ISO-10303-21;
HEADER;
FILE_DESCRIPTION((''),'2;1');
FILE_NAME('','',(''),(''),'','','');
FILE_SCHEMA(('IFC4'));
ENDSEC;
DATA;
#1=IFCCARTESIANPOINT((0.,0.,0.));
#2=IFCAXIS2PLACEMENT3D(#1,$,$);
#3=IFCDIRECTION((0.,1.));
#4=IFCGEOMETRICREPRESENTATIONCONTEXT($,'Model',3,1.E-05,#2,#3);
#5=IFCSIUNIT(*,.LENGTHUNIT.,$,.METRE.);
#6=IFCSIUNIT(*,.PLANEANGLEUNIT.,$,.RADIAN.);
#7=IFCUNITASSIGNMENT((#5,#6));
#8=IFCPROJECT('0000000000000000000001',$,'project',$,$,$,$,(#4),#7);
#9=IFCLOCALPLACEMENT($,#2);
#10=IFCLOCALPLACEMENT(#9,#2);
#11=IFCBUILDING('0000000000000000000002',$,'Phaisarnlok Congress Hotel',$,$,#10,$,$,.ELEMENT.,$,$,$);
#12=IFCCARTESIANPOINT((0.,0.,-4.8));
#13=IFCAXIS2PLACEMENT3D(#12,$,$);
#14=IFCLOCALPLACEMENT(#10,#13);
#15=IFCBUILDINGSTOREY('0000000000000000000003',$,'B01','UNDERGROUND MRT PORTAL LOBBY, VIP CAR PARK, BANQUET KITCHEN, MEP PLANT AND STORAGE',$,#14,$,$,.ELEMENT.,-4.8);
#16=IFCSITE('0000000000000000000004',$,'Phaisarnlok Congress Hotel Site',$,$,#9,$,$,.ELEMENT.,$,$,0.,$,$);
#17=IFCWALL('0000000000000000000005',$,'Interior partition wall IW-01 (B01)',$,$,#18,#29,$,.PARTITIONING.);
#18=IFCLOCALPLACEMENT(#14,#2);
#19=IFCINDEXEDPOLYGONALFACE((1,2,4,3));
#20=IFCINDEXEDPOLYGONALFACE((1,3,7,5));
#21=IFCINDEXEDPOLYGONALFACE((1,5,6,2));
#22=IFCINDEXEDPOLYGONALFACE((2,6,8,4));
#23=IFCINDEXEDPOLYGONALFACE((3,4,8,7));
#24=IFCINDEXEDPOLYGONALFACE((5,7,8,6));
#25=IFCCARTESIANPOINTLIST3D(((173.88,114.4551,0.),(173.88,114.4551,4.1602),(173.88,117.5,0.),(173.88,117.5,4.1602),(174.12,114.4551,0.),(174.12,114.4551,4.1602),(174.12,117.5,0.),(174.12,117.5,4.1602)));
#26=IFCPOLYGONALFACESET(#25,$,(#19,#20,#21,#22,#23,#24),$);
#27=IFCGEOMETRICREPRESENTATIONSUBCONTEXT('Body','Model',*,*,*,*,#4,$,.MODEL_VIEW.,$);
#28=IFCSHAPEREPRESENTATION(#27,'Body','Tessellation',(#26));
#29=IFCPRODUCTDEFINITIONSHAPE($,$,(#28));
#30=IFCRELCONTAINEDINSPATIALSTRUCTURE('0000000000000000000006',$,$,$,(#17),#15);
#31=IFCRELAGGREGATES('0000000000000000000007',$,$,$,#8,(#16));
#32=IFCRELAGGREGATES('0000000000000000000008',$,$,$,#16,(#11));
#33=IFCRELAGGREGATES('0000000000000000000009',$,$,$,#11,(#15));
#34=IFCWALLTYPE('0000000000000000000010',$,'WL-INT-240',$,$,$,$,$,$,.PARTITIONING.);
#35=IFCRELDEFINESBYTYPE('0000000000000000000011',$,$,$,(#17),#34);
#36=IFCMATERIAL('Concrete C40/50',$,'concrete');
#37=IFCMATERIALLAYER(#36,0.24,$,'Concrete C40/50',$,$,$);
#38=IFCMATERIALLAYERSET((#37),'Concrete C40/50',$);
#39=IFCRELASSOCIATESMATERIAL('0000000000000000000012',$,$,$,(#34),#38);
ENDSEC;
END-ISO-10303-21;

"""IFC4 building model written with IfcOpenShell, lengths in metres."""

from ifc_helpers import new_model, si_unit, direction, frame, frame_2d, origin, place, context, subcontext, project, spatial, rectangle, extrude, material, layer, layer_set, type_object, element, save


model = new_model("IFC4")

# Units and contexts
model_context = context("Model", 3, precision=1e-05, world=origin(), true_north=direction((0.0, 1.0)))
body_context = subcontext(model_context, "Body", "Model", "MODEL_VIEW")
ifc_project = project(units=[si_unit("LENGTHUNIT", "METRE"), si_unit("PLANEANGLEUNIT", "RADIAN")], contexts=[model_context])

# Site, building, storey
site_placement = place(None, origin())
site = spatial("IfcSite", under=ifc_project, at=site_placement, Name="Phaisarnlok Congress Hotel Site", CompositionType="ELEMENT", RefElevation=0.0)
building_placement = place(site_placement, origin())
building = spatial("IfcBuilding", under=site, at=building_placement, Name="Phaisarnlok Congress Hotel", CompositionType="ELEMENT")
storey_placement = place(building_placement, frame((0.0, 0.0, -4.8)))
storey = spatial("IfcBuildingStorey", under=building, at=storey_placement, Name="B01", Description="UNDERGROUND MRT PORTAL LOBBY, VIP CAR PARK, BANQUET KITCHEN, MEP PLANT AND STORAGE", CompositionType="ELEMENT", Elevation=-4.8)

# Shared definitions
ifc_material_1 = material(Name="Concrete C40/50", Category="concrete")

# Wall
ifc_layer_1 = layer(ifc_material_1, 0.24, Name="Concrete C40/50")
ifc_layer_set_1 = layer_set([ifc_layer_1], Name="Concrete C40/50")
wall_type_1 = type_object("IfcWallType", Name="WL-INT-240", PredefinedType="PARTITIONING", material=ifc_layer_set_1)
wall_placement = place(storey_placement, frame((174.0, 114.4551, 0.0), z_axis=(0.0, 0.0, 1.0), x_axis=(0.0, 1.0, 0.0)))
element("IfcWall", 1, at=wall_placement, inside=storey, type_object=wall_type_1, Name="Interior partition wall IW-01 (B01)", PredefinedType="PARTITIONING", context=body_context, shape_type="SweptSolid", body=[
    extrude(rectangle(XDim=3.0449, YDim=0.24, at=frame_2d((1.5225, 0.0))), origin(), (0.0, 0.0, 1.0), 4.1602),
])

save(model, "model.ifc")
